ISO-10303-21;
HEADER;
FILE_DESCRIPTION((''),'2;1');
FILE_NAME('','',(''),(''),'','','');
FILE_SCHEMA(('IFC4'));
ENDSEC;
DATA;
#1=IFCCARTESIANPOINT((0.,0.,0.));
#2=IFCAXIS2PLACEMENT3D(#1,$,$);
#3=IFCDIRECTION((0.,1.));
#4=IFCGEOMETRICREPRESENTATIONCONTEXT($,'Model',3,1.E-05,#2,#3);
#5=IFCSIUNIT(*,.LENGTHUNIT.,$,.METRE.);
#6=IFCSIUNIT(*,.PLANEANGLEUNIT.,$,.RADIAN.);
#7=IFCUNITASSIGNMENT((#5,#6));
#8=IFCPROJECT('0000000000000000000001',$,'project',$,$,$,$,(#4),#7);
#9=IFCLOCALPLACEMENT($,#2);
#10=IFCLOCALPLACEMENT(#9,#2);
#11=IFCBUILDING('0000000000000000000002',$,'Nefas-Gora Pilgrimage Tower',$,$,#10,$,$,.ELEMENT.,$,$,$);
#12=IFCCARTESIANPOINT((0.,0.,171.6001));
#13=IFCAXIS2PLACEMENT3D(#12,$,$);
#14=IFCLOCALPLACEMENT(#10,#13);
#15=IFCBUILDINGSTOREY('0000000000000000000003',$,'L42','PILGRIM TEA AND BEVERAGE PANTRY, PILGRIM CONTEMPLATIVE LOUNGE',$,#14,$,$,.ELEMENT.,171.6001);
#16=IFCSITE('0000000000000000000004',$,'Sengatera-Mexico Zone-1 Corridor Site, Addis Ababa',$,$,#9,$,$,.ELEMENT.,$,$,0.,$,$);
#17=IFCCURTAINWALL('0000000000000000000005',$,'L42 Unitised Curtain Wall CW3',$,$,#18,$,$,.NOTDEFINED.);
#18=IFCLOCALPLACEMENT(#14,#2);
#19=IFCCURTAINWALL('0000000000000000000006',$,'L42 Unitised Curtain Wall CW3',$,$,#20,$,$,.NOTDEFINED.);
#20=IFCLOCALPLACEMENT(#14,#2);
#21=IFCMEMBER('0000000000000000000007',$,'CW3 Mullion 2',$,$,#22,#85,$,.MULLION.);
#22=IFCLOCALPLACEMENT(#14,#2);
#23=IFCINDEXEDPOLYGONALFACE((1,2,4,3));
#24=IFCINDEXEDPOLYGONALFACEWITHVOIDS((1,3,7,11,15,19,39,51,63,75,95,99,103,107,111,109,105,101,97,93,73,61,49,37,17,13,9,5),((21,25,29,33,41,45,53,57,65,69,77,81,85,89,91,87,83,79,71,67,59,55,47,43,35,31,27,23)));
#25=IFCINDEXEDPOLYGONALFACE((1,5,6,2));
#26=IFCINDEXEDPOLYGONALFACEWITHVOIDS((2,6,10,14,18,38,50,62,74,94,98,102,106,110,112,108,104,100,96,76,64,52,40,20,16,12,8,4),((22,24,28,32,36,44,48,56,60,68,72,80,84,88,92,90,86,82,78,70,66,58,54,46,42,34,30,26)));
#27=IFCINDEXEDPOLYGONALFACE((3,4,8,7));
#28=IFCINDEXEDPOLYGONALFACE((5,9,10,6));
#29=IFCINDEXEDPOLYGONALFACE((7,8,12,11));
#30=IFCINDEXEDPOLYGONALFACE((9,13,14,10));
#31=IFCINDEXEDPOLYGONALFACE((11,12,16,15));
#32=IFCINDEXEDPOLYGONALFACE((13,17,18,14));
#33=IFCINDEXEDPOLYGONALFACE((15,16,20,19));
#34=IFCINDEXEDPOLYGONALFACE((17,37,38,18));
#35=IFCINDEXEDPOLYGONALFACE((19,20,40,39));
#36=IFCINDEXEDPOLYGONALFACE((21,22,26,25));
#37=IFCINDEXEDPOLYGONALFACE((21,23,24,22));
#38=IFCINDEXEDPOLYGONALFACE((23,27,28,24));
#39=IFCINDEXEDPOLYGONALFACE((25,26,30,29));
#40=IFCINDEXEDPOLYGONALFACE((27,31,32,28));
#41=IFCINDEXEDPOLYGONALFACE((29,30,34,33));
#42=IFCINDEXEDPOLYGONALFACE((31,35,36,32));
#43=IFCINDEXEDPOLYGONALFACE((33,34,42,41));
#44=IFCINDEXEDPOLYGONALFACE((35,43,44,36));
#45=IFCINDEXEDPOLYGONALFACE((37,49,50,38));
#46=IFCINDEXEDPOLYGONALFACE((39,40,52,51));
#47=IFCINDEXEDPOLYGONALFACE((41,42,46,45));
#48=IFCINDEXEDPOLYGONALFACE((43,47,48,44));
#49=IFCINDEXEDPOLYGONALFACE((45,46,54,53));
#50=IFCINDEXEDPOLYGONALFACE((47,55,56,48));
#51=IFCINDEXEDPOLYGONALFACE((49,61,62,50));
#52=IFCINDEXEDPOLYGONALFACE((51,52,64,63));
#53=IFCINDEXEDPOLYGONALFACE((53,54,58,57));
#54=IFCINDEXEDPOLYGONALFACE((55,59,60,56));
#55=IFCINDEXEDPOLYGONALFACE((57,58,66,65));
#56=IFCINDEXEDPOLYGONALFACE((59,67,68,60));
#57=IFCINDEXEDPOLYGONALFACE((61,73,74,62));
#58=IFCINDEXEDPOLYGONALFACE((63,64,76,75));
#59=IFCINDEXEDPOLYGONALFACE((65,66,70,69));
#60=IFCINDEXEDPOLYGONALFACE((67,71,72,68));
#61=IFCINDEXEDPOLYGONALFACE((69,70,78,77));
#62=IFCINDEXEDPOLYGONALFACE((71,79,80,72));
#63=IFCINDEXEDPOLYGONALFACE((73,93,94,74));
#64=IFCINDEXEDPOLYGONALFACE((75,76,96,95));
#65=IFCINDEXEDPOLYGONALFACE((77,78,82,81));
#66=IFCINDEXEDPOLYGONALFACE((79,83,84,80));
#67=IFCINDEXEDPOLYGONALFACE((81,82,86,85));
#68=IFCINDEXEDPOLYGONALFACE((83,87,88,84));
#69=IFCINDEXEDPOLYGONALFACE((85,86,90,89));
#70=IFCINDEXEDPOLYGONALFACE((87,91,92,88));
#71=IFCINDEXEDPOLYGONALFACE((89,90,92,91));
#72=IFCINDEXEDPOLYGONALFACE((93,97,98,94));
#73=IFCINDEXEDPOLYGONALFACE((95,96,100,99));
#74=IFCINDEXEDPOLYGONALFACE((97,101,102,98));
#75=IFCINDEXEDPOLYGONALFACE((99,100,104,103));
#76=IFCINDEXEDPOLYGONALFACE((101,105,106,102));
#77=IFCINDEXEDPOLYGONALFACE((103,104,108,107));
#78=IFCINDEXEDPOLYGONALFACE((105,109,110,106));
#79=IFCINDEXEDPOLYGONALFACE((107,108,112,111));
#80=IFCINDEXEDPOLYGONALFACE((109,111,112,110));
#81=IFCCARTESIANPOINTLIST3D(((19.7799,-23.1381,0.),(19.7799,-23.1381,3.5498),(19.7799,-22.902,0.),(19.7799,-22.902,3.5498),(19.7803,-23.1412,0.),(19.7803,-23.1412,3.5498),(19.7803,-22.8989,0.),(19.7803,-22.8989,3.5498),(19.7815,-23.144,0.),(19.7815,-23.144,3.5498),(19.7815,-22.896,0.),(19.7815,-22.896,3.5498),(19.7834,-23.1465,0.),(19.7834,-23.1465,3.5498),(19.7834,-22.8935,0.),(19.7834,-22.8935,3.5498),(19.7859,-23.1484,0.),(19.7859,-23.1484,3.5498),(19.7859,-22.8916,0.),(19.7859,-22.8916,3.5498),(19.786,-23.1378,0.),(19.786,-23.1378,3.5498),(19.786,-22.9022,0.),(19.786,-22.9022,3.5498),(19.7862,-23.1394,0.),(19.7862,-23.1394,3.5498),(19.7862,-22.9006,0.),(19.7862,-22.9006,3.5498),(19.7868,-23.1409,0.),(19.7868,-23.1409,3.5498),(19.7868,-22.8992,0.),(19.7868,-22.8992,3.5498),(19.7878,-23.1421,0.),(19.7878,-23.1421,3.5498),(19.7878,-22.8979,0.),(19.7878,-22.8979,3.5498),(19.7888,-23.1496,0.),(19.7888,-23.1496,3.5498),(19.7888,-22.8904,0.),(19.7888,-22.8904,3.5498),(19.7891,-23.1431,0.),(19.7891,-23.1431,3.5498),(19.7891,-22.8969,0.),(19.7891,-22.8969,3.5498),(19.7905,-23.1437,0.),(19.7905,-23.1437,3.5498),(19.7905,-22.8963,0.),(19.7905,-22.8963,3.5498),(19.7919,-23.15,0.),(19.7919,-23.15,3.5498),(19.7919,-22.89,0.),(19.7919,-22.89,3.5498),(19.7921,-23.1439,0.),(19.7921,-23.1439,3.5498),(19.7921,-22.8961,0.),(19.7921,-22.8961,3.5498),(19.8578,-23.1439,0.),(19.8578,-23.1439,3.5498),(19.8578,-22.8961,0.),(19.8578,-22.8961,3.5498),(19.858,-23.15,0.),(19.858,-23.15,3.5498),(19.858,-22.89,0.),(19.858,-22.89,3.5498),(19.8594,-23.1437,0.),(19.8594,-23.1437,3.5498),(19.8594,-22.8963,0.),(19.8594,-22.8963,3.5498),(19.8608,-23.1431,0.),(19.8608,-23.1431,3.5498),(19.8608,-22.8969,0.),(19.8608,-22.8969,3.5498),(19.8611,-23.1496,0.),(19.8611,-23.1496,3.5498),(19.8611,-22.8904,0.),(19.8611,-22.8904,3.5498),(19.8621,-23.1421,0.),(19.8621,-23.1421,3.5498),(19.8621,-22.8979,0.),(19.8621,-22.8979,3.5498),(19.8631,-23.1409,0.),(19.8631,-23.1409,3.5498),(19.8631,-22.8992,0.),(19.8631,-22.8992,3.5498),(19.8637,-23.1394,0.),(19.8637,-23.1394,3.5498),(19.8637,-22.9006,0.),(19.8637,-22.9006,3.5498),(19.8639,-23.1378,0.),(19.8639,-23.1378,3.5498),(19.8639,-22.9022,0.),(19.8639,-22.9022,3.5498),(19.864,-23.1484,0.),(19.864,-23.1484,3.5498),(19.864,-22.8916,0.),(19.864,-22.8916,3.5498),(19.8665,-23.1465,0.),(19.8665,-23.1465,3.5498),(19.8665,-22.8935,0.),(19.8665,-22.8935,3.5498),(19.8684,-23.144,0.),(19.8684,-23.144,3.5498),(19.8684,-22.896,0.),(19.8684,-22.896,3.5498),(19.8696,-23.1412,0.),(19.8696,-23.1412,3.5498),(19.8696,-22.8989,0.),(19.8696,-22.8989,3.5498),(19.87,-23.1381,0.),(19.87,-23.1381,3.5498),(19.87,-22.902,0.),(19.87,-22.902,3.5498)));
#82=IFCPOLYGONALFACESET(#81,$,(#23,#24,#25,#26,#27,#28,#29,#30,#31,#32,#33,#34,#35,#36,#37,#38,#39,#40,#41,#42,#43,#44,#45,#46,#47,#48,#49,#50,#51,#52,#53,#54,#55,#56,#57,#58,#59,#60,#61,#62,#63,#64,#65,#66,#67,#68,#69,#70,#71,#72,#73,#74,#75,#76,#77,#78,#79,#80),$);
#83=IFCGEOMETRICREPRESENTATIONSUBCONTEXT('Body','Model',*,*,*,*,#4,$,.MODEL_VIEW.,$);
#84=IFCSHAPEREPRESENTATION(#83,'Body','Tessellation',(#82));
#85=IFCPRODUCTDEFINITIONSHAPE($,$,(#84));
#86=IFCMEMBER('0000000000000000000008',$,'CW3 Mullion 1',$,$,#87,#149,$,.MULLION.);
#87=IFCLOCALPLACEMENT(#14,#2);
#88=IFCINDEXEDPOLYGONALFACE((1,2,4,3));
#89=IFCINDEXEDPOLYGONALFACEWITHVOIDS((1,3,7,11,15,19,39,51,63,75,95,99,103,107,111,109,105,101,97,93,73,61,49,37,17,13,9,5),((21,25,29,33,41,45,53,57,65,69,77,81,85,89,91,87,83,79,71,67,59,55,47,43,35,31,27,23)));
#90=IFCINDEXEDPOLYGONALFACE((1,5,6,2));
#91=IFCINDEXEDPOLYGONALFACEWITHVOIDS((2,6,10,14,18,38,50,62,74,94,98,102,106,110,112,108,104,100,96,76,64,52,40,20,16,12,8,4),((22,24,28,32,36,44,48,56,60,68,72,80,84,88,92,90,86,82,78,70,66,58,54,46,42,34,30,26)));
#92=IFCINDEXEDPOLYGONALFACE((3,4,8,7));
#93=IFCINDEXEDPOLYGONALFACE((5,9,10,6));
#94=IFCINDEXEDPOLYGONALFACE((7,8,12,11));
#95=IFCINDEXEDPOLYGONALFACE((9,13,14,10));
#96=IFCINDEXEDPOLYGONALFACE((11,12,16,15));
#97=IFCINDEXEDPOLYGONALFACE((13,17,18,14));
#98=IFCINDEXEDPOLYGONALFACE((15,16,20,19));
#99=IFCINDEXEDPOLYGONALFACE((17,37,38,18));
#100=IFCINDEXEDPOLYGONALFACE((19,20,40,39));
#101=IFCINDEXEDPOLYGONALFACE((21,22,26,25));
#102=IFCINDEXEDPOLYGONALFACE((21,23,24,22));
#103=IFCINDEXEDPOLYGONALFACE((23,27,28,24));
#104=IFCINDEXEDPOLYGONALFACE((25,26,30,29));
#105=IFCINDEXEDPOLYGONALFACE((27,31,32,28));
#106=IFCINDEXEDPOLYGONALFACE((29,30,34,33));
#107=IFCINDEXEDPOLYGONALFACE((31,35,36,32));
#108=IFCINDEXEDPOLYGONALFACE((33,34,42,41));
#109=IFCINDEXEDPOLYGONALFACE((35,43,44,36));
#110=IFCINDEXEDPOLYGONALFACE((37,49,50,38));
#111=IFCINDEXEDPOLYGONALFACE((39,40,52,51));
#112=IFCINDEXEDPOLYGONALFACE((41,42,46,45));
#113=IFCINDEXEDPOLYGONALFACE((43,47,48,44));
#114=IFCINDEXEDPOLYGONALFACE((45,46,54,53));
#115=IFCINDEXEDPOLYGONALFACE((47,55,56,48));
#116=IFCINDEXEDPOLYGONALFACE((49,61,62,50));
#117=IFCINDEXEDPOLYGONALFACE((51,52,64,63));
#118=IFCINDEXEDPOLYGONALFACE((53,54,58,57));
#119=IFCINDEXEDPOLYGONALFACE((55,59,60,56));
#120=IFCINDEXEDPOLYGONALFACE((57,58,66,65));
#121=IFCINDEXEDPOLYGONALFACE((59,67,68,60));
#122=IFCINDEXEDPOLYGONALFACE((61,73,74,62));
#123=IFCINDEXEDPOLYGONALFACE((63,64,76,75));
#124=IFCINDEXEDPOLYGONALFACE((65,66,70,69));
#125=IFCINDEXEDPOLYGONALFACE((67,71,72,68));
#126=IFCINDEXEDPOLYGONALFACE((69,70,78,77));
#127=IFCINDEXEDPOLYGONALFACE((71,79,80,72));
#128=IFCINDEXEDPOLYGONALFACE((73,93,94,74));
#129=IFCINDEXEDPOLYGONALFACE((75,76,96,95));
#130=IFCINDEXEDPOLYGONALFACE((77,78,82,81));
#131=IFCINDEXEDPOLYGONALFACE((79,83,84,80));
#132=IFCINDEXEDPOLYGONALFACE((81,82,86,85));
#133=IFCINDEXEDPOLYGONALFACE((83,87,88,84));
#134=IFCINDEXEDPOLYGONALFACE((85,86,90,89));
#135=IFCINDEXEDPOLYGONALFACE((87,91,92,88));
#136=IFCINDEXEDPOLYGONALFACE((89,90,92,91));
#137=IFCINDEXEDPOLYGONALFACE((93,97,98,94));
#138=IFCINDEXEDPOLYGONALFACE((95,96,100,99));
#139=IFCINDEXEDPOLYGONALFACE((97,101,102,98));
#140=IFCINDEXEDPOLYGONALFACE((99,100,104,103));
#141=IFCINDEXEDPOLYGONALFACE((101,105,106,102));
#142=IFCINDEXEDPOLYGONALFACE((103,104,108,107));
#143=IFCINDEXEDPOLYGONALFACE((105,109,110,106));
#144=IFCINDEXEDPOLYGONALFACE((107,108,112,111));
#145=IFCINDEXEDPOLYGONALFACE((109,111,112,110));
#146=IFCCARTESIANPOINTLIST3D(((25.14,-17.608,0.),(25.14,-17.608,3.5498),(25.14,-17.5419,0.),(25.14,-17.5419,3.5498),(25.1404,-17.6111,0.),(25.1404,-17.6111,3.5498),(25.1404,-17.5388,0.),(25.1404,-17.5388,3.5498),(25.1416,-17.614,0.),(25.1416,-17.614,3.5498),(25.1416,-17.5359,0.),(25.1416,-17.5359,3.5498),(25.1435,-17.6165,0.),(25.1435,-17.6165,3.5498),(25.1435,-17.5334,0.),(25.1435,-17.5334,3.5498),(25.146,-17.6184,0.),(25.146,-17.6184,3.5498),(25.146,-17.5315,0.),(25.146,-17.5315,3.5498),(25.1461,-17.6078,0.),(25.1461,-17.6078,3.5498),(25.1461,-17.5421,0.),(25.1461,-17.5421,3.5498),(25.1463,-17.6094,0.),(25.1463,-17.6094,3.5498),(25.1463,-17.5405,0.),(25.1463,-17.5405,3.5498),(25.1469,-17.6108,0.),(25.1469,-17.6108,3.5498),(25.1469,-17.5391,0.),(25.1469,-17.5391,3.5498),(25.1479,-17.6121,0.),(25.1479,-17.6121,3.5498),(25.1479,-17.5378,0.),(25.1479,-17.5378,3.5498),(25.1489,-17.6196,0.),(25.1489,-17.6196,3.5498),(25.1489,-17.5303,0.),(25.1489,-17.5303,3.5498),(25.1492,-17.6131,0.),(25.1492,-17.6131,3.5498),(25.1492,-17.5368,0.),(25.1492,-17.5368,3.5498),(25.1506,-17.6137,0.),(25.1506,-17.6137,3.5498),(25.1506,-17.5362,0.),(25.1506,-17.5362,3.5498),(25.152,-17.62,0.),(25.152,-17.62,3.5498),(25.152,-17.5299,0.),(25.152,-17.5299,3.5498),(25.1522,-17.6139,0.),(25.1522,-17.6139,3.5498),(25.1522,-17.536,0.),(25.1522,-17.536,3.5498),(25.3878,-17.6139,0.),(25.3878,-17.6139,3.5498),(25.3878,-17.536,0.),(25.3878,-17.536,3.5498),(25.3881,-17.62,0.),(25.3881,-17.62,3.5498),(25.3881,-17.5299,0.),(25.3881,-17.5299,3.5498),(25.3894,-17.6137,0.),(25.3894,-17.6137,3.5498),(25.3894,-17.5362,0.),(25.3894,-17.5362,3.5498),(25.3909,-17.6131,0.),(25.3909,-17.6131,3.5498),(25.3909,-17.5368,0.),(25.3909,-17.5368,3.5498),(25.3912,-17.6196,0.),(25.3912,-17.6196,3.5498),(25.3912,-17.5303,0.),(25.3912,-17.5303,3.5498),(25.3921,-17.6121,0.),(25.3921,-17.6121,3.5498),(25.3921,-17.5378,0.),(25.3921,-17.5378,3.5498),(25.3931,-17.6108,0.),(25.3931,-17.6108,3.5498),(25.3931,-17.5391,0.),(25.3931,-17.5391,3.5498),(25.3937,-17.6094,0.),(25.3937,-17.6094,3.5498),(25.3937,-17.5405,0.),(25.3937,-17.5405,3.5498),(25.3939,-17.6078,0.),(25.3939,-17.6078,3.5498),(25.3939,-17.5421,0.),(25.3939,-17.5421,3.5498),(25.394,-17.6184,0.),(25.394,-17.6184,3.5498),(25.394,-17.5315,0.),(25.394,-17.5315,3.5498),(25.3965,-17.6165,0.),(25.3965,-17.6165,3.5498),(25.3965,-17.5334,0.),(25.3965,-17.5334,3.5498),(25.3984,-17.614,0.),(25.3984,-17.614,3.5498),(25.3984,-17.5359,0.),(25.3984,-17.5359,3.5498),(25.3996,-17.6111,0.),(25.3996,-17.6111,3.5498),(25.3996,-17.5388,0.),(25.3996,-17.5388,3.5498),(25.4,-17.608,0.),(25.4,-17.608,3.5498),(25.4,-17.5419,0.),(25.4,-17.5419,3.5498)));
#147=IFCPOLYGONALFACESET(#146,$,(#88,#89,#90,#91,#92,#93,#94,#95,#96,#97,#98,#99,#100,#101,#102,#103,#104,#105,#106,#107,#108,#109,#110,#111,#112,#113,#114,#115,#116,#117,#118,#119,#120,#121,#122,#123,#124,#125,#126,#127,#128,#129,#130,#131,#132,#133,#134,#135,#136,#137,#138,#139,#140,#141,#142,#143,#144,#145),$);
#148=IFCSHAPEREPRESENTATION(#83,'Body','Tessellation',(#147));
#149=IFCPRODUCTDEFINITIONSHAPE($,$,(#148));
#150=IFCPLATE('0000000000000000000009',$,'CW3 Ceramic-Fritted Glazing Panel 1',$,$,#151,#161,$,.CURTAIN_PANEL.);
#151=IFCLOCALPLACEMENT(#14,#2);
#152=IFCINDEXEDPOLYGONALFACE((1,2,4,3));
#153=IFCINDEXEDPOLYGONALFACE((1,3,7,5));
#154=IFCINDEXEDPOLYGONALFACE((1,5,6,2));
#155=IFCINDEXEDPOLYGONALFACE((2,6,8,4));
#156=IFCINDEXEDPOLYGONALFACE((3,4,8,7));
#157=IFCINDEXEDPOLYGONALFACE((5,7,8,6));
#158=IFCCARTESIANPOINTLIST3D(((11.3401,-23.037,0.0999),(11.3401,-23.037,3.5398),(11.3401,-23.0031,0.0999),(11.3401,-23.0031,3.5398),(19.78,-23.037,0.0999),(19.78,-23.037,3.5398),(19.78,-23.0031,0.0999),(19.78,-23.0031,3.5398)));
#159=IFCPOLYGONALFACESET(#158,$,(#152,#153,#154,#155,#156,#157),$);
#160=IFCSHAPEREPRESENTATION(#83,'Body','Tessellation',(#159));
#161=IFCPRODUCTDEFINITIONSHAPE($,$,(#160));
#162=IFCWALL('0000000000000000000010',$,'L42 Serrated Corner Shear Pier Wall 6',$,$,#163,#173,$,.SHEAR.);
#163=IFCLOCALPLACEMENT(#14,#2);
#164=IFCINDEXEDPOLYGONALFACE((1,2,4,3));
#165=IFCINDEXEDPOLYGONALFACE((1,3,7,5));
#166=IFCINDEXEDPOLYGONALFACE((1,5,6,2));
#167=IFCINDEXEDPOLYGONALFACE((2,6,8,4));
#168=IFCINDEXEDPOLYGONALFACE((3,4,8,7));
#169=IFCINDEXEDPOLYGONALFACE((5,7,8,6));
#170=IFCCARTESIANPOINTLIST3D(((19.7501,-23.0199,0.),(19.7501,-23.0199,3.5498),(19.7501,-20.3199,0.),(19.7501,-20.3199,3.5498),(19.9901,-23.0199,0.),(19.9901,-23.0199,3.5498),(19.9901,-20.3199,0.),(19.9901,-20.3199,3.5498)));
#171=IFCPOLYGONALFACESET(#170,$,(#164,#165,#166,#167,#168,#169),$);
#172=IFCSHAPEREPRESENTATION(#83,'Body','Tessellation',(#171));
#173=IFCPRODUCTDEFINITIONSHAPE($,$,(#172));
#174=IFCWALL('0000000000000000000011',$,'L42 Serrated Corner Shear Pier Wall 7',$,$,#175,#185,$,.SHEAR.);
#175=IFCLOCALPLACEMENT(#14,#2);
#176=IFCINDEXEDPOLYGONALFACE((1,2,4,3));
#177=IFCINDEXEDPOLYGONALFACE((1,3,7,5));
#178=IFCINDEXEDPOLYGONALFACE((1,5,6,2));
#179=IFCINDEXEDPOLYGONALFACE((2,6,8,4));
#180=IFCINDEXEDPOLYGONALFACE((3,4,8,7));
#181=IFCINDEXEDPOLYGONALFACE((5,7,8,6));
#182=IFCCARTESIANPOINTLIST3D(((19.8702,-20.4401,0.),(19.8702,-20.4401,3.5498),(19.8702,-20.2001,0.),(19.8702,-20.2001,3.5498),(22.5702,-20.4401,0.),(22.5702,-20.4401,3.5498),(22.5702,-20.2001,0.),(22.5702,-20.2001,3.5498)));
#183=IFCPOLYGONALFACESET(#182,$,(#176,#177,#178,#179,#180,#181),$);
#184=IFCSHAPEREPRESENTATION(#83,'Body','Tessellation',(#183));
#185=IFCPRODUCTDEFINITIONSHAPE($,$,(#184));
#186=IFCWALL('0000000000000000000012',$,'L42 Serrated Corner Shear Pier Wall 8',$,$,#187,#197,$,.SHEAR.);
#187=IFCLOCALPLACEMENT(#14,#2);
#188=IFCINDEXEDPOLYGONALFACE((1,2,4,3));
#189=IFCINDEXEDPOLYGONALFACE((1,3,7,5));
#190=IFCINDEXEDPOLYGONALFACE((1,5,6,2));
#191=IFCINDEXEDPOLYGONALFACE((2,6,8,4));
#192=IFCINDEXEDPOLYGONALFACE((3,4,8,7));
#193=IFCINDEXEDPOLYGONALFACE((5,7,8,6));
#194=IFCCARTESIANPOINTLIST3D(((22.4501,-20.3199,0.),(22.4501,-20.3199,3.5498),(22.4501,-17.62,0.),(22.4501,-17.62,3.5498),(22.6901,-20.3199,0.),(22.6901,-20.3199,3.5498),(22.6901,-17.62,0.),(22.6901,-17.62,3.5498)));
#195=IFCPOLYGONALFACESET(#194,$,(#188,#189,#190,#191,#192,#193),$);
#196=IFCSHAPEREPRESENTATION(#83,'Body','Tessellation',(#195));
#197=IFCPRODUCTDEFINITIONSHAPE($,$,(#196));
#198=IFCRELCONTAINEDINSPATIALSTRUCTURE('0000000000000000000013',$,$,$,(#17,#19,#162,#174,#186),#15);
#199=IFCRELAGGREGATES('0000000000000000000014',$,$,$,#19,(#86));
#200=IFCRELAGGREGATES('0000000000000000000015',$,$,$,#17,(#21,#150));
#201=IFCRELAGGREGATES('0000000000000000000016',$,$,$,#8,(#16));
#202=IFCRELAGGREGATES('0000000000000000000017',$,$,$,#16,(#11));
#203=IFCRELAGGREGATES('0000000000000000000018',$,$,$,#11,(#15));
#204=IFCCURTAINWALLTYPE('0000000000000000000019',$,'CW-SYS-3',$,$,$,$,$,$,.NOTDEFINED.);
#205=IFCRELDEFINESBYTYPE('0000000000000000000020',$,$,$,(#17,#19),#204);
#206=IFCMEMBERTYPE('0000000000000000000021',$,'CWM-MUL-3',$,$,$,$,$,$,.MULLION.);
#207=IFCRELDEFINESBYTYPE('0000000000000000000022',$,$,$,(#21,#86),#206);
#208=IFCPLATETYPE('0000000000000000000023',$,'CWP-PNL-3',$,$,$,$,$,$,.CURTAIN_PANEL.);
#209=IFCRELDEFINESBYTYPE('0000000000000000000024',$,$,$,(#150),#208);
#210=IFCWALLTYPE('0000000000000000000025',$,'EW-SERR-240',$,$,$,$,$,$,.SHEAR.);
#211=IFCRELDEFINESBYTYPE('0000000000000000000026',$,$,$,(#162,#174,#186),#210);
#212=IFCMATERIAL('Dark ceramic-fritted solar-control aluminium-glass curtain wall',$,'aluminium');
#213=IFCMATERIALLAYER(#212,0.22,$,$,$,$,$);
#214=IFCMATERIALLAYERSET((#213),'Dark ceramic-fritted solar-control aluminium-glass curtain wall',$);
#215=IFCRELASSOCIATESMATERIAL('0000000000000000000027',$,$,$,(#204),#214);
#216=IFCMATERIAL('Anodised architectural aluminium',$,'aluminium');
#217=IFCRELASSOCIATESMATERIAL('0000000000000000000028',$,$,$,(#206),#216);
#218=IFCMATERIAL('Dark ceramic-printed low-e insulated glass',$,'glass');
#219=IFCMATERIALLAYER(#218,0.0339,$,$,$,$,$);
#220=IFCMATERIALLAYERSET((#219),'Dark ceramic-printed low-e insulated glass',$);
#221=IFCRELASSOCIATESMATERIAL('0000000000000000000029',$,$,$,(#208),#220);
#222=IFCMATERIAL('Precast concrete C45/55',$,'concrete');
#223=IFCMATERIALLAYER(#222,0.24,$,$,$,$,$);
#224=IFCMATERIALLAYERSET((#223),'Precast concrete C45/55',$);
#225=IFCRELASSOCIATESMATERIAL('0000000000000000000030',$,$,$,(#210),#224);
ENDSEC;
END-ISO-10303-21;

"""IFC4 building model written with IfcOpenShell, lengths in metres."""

from ifc_helpers import new_model, si_unit, direction, frame, frame_2d, origin, origin_2d, place, context, subcontext, project, spatial, rectangle, hollow_rectangle, extrude, source, transform, mapped, material, layer, layer_set, material_profile, profile_set, type_object, element, aggregate, save


model = new_model("IFC4")

# Units and contexts
model_context = context("Model", 3, precision=1e-05, world=origin(), true_north=direction((0.0, 1.0)))
body_context = subcontext(model_context, "Body", "Model", "MODEL_VIEW")
ifc_project = project(units=[si_unit("LENGTHUNIT", "METRE"), si_unit("PLANEANGLEUNIT", "RADIAN")], contexts=[model_context])

# Site, building, storey
site_placement = place(None, origin())
site = spatial("IfcSite", under=ifc_project, at=site_placement, Name="Sengatera-Mexico Zone-1 Corridor Site, Addis Ababa", CompositionType="ELEMENT", RefElevation=0.0)
building_placement = place(site_placement, origin())
building = spatial("IfcBuilding", under=site, at=building_placement, Name="Nefas-Gora Pilgrimage Tower", CompositionType="ELEMENT")
storey_placement = place(building_placement, frame((0.0, 0.0, 171.6001)))
storey = spatial("IfcBuildingStorey", under=building, at=storey_placement, Name="L42", Description="PILGRIM TEA AND BEVERAGE PANTRY, PILGRIM CONTEMPLATIVE LOUNGE", CompositionType="ELEMENT", Elevation=171.6001)

# Curtain walls
ifc_material_1 = material(Name="Dark ceramic-fritted solar-control aluminium-glass curtain wall", Category="aluminium")
ifc_layer_1 = layer(ifc_material_1, 0.22)
ifc_layer_set_1 = layer_set([ifc_layer_1], Name="Dark ceramic-fritted solar-control aluminium-glass curtain wall")
curtain_wall_type = type_object("IfcCurtainWallType", Name="CW-SYS-3", PredefinedType="NOTDEFINED", material=ifc_layer_set_1)
curtain_wall_1_placement = place(storey_placement, origin())
curtain_wall_1 = element("IfcCurtainWall", 1, at=curtain_wall_1_placement, inside=storey, type_object=curtain_wall_type, Name="L42 Unitised Curtain Wall CW3", PredefinedType="NOTDEFINED")
ifc_material_2 = material(Name="Anodised architectural aluminium", Category="aluminium")
curtain_wall_2_placement = place(storey_placement, origin())
curtain_wall_2 = element("IfcCurtainWall", 2, at=curtain_wall_2_placement, inside=storey, type_object=curtain_wall_type, Name="L42 Unitised Curtain Wall CW3", PredefinedType="NOTDEFINED")

# Members
ifc_material_profile_1 = material_profile(ifc_material_2, hollow_rectangle(XDim=0.0901, YDim=0.26, WallThickness=0.0061, InnerFilletRadius=0.0061, OuterFilletRadius=0.012, at=origin_2d()), Name="ALU MULLION 90x260")
ifc_profile_set_1 = profile_set([ifc_material_profile_1], Name="Anodised architectural aluminium")
member_type_1 = type_object("IfcMemberType", Name="CWM-MUL-3", PredefinedType="MULLION", material=ifc_profile_set_1)
shared_shape_1 = source(origin(), body_context, "Body", "SweptSolid", [
    extrude(hollow_rectangle(XDim=0.0901, YDim=0.26, WallThickness=0.0061, InnerFilletRadius=0.0061, OuterFilletRadius=0.012, at=origin_2d()), origin(), (0.0, 0.0, 1.0), 3.5498),
])
member_1_placement = place(storey_placement, frame((19.825, -23.02, 0.0), z_axis=(0.0, 0.0, 1.0), x_axis=(1.0, 0.0, 0.0)))
member_1 = element("IfcMember", 3, at=member_1_placement, type_object=member_type_1, Name="CW3 Mullion 2", PredefinedType="MULLION", context=body_context, shape_type="MappedRepresentation", body=[
    mapped(shared_shape_1, transform((0.0, 0.0, 0.0), x_axis=(1.0, 0.0, 0.0), y_axis=(0.0, 1.0, 0.0), z_axis=(0.0, 0.0, 1.0), scale=1.0)),
])
member_2_placement = place(storey_placement, frame((25.27, -17.575, 0.0), z_axis=(0.0, 0.0, 1.0), x_axis=(0.0, 1.0, 0.0)))
member_2 = element("IfcMember", 4, at=member_2_placement, type_object=member_type_1, Name="CW3 Mullion 1", PredefinedType="MULLION", context=body_context, shape_type="MappedRepresentation", body=[
    mapped(shared_shape_1, transform((0.0, 0.0, 0.0), x_axis=(1.0, 0.0, 0.0), y_axis=(0.0, 1.0, 0.0), z_axis=(0.0, 0.0, 1.0), scale=1.0)),
])
aggregate(curtain_wall_2, [member_2])

# Plate
ifc_material_3 = material(Name="Dark ceramic-printed low-e insulated glass", Category="glass")
ifc_layer_2 = layer(ifc_material_3, 0.0339)
ifc_layer_set_2 = layer_set([ifc_layer_2], Name="Dark ceramic-printed low-e insulated glass")
plate_type = type_object("IfcPlateType", Name="CWP-PNL-3", PredefinedType="CURTAIN_PANEL", material=ifc_layer_set_2)
shared_shape_2 = source(origin(), body_context, "Body", "SweptSolid", [
    extrude(rectangle(XDim=8.4399, YDim=0.0339, at=origin_2d()), origin(), (0.0, 0.0, 1.0), 3.4399),
])
plate_placement = place(storey_placement, frame((15.5601, -23.02, 0.0999), z_axis=(0.0, 0.0, 1.0), x_axis=(1.0, 0.0, 0.0)))
plate = element("IfcPlate", 5, at=plate_placement, type_object=plate_type, Name="CW3 Ceramic-Fritted Glazing Panel 1", PredefinedType="CURTAIN_PANEL", context=body_context, shape_type="MappedRepresentation", body=[
    mapped(shared_shape_2, transform((0.0, 0.0, 0.0), x_axis=(1.0, 0.0, 0.0), y_axis=(0.0, 1.0, 0.0), z_axis=(0.0, 0.0, 1.0), scale=1.0)),
])
aggregate(curtain_wall_1, [member_1, plate])

# Walls
ifc_material_4 = material(Name="Precast concrete C45/55", Category="concrete")
ifc_layer_3 = layer(ifc_material_4, 0.24)
ifc_layer_set_3 = layer_set([ifc_layer_3], Name="Precast concrete C45/55")
wall_type_1 = type_object("IfcWallType", Name="EW-SERR-240", PredefinedType="SHEAR", material=ifc_layer_set_3)
shared_shape_3 = source(origin(), body_context, "Body", "SweptSolid", [
    extrude(rectangle(XDim=2.7, YDim=0.24, at=frame_2d((1.3501, 0.0))), origin(), (0.0, 0.0, 1.0), 3.5498),
])
for number, where, z_axis, x_axis, name in (
    (6, (19.8701, -23.02, 0.0), (0.0, 0.0, 1.0), (0.0, 1.0, 0.0), "L42 Serrated Corner Shear Pier Wall 6"),
    (7, (19.8701, -20.3201, 0.0), (0.0, 0.0, 1.0), (1.0, 0.0, 0.0), "L42 Serrated Corner Shear Pier Wall 7"),
    (8, (22.5701, -20.3201, 0.0), (0.0, 0.0, 1.0), (0.0, 1.0, 0.0), "L42 Serrated Corner Shear Pier Wall 8"),
):
    element("IfcWall", number, at=place(storey_placement, frame(where, z_axis=z_axis, x_axis=x_axis)), inside=storey, type_object=wall_type_1, Name=name, PredefinedType="SHEAR", context=body_context, shape_type="MappedRepresentation", body=[
        mapped(shared_shape_3, transform((0.0, 0.0, 0.0), x_axis=(1.0, 0.0, 0.0), y_axis=(0.0, 1.0, 0.0), z_axis=(0.0, 0.0, 1.0), scale=1.0)),
    ])

save(model, "model.ifc")
